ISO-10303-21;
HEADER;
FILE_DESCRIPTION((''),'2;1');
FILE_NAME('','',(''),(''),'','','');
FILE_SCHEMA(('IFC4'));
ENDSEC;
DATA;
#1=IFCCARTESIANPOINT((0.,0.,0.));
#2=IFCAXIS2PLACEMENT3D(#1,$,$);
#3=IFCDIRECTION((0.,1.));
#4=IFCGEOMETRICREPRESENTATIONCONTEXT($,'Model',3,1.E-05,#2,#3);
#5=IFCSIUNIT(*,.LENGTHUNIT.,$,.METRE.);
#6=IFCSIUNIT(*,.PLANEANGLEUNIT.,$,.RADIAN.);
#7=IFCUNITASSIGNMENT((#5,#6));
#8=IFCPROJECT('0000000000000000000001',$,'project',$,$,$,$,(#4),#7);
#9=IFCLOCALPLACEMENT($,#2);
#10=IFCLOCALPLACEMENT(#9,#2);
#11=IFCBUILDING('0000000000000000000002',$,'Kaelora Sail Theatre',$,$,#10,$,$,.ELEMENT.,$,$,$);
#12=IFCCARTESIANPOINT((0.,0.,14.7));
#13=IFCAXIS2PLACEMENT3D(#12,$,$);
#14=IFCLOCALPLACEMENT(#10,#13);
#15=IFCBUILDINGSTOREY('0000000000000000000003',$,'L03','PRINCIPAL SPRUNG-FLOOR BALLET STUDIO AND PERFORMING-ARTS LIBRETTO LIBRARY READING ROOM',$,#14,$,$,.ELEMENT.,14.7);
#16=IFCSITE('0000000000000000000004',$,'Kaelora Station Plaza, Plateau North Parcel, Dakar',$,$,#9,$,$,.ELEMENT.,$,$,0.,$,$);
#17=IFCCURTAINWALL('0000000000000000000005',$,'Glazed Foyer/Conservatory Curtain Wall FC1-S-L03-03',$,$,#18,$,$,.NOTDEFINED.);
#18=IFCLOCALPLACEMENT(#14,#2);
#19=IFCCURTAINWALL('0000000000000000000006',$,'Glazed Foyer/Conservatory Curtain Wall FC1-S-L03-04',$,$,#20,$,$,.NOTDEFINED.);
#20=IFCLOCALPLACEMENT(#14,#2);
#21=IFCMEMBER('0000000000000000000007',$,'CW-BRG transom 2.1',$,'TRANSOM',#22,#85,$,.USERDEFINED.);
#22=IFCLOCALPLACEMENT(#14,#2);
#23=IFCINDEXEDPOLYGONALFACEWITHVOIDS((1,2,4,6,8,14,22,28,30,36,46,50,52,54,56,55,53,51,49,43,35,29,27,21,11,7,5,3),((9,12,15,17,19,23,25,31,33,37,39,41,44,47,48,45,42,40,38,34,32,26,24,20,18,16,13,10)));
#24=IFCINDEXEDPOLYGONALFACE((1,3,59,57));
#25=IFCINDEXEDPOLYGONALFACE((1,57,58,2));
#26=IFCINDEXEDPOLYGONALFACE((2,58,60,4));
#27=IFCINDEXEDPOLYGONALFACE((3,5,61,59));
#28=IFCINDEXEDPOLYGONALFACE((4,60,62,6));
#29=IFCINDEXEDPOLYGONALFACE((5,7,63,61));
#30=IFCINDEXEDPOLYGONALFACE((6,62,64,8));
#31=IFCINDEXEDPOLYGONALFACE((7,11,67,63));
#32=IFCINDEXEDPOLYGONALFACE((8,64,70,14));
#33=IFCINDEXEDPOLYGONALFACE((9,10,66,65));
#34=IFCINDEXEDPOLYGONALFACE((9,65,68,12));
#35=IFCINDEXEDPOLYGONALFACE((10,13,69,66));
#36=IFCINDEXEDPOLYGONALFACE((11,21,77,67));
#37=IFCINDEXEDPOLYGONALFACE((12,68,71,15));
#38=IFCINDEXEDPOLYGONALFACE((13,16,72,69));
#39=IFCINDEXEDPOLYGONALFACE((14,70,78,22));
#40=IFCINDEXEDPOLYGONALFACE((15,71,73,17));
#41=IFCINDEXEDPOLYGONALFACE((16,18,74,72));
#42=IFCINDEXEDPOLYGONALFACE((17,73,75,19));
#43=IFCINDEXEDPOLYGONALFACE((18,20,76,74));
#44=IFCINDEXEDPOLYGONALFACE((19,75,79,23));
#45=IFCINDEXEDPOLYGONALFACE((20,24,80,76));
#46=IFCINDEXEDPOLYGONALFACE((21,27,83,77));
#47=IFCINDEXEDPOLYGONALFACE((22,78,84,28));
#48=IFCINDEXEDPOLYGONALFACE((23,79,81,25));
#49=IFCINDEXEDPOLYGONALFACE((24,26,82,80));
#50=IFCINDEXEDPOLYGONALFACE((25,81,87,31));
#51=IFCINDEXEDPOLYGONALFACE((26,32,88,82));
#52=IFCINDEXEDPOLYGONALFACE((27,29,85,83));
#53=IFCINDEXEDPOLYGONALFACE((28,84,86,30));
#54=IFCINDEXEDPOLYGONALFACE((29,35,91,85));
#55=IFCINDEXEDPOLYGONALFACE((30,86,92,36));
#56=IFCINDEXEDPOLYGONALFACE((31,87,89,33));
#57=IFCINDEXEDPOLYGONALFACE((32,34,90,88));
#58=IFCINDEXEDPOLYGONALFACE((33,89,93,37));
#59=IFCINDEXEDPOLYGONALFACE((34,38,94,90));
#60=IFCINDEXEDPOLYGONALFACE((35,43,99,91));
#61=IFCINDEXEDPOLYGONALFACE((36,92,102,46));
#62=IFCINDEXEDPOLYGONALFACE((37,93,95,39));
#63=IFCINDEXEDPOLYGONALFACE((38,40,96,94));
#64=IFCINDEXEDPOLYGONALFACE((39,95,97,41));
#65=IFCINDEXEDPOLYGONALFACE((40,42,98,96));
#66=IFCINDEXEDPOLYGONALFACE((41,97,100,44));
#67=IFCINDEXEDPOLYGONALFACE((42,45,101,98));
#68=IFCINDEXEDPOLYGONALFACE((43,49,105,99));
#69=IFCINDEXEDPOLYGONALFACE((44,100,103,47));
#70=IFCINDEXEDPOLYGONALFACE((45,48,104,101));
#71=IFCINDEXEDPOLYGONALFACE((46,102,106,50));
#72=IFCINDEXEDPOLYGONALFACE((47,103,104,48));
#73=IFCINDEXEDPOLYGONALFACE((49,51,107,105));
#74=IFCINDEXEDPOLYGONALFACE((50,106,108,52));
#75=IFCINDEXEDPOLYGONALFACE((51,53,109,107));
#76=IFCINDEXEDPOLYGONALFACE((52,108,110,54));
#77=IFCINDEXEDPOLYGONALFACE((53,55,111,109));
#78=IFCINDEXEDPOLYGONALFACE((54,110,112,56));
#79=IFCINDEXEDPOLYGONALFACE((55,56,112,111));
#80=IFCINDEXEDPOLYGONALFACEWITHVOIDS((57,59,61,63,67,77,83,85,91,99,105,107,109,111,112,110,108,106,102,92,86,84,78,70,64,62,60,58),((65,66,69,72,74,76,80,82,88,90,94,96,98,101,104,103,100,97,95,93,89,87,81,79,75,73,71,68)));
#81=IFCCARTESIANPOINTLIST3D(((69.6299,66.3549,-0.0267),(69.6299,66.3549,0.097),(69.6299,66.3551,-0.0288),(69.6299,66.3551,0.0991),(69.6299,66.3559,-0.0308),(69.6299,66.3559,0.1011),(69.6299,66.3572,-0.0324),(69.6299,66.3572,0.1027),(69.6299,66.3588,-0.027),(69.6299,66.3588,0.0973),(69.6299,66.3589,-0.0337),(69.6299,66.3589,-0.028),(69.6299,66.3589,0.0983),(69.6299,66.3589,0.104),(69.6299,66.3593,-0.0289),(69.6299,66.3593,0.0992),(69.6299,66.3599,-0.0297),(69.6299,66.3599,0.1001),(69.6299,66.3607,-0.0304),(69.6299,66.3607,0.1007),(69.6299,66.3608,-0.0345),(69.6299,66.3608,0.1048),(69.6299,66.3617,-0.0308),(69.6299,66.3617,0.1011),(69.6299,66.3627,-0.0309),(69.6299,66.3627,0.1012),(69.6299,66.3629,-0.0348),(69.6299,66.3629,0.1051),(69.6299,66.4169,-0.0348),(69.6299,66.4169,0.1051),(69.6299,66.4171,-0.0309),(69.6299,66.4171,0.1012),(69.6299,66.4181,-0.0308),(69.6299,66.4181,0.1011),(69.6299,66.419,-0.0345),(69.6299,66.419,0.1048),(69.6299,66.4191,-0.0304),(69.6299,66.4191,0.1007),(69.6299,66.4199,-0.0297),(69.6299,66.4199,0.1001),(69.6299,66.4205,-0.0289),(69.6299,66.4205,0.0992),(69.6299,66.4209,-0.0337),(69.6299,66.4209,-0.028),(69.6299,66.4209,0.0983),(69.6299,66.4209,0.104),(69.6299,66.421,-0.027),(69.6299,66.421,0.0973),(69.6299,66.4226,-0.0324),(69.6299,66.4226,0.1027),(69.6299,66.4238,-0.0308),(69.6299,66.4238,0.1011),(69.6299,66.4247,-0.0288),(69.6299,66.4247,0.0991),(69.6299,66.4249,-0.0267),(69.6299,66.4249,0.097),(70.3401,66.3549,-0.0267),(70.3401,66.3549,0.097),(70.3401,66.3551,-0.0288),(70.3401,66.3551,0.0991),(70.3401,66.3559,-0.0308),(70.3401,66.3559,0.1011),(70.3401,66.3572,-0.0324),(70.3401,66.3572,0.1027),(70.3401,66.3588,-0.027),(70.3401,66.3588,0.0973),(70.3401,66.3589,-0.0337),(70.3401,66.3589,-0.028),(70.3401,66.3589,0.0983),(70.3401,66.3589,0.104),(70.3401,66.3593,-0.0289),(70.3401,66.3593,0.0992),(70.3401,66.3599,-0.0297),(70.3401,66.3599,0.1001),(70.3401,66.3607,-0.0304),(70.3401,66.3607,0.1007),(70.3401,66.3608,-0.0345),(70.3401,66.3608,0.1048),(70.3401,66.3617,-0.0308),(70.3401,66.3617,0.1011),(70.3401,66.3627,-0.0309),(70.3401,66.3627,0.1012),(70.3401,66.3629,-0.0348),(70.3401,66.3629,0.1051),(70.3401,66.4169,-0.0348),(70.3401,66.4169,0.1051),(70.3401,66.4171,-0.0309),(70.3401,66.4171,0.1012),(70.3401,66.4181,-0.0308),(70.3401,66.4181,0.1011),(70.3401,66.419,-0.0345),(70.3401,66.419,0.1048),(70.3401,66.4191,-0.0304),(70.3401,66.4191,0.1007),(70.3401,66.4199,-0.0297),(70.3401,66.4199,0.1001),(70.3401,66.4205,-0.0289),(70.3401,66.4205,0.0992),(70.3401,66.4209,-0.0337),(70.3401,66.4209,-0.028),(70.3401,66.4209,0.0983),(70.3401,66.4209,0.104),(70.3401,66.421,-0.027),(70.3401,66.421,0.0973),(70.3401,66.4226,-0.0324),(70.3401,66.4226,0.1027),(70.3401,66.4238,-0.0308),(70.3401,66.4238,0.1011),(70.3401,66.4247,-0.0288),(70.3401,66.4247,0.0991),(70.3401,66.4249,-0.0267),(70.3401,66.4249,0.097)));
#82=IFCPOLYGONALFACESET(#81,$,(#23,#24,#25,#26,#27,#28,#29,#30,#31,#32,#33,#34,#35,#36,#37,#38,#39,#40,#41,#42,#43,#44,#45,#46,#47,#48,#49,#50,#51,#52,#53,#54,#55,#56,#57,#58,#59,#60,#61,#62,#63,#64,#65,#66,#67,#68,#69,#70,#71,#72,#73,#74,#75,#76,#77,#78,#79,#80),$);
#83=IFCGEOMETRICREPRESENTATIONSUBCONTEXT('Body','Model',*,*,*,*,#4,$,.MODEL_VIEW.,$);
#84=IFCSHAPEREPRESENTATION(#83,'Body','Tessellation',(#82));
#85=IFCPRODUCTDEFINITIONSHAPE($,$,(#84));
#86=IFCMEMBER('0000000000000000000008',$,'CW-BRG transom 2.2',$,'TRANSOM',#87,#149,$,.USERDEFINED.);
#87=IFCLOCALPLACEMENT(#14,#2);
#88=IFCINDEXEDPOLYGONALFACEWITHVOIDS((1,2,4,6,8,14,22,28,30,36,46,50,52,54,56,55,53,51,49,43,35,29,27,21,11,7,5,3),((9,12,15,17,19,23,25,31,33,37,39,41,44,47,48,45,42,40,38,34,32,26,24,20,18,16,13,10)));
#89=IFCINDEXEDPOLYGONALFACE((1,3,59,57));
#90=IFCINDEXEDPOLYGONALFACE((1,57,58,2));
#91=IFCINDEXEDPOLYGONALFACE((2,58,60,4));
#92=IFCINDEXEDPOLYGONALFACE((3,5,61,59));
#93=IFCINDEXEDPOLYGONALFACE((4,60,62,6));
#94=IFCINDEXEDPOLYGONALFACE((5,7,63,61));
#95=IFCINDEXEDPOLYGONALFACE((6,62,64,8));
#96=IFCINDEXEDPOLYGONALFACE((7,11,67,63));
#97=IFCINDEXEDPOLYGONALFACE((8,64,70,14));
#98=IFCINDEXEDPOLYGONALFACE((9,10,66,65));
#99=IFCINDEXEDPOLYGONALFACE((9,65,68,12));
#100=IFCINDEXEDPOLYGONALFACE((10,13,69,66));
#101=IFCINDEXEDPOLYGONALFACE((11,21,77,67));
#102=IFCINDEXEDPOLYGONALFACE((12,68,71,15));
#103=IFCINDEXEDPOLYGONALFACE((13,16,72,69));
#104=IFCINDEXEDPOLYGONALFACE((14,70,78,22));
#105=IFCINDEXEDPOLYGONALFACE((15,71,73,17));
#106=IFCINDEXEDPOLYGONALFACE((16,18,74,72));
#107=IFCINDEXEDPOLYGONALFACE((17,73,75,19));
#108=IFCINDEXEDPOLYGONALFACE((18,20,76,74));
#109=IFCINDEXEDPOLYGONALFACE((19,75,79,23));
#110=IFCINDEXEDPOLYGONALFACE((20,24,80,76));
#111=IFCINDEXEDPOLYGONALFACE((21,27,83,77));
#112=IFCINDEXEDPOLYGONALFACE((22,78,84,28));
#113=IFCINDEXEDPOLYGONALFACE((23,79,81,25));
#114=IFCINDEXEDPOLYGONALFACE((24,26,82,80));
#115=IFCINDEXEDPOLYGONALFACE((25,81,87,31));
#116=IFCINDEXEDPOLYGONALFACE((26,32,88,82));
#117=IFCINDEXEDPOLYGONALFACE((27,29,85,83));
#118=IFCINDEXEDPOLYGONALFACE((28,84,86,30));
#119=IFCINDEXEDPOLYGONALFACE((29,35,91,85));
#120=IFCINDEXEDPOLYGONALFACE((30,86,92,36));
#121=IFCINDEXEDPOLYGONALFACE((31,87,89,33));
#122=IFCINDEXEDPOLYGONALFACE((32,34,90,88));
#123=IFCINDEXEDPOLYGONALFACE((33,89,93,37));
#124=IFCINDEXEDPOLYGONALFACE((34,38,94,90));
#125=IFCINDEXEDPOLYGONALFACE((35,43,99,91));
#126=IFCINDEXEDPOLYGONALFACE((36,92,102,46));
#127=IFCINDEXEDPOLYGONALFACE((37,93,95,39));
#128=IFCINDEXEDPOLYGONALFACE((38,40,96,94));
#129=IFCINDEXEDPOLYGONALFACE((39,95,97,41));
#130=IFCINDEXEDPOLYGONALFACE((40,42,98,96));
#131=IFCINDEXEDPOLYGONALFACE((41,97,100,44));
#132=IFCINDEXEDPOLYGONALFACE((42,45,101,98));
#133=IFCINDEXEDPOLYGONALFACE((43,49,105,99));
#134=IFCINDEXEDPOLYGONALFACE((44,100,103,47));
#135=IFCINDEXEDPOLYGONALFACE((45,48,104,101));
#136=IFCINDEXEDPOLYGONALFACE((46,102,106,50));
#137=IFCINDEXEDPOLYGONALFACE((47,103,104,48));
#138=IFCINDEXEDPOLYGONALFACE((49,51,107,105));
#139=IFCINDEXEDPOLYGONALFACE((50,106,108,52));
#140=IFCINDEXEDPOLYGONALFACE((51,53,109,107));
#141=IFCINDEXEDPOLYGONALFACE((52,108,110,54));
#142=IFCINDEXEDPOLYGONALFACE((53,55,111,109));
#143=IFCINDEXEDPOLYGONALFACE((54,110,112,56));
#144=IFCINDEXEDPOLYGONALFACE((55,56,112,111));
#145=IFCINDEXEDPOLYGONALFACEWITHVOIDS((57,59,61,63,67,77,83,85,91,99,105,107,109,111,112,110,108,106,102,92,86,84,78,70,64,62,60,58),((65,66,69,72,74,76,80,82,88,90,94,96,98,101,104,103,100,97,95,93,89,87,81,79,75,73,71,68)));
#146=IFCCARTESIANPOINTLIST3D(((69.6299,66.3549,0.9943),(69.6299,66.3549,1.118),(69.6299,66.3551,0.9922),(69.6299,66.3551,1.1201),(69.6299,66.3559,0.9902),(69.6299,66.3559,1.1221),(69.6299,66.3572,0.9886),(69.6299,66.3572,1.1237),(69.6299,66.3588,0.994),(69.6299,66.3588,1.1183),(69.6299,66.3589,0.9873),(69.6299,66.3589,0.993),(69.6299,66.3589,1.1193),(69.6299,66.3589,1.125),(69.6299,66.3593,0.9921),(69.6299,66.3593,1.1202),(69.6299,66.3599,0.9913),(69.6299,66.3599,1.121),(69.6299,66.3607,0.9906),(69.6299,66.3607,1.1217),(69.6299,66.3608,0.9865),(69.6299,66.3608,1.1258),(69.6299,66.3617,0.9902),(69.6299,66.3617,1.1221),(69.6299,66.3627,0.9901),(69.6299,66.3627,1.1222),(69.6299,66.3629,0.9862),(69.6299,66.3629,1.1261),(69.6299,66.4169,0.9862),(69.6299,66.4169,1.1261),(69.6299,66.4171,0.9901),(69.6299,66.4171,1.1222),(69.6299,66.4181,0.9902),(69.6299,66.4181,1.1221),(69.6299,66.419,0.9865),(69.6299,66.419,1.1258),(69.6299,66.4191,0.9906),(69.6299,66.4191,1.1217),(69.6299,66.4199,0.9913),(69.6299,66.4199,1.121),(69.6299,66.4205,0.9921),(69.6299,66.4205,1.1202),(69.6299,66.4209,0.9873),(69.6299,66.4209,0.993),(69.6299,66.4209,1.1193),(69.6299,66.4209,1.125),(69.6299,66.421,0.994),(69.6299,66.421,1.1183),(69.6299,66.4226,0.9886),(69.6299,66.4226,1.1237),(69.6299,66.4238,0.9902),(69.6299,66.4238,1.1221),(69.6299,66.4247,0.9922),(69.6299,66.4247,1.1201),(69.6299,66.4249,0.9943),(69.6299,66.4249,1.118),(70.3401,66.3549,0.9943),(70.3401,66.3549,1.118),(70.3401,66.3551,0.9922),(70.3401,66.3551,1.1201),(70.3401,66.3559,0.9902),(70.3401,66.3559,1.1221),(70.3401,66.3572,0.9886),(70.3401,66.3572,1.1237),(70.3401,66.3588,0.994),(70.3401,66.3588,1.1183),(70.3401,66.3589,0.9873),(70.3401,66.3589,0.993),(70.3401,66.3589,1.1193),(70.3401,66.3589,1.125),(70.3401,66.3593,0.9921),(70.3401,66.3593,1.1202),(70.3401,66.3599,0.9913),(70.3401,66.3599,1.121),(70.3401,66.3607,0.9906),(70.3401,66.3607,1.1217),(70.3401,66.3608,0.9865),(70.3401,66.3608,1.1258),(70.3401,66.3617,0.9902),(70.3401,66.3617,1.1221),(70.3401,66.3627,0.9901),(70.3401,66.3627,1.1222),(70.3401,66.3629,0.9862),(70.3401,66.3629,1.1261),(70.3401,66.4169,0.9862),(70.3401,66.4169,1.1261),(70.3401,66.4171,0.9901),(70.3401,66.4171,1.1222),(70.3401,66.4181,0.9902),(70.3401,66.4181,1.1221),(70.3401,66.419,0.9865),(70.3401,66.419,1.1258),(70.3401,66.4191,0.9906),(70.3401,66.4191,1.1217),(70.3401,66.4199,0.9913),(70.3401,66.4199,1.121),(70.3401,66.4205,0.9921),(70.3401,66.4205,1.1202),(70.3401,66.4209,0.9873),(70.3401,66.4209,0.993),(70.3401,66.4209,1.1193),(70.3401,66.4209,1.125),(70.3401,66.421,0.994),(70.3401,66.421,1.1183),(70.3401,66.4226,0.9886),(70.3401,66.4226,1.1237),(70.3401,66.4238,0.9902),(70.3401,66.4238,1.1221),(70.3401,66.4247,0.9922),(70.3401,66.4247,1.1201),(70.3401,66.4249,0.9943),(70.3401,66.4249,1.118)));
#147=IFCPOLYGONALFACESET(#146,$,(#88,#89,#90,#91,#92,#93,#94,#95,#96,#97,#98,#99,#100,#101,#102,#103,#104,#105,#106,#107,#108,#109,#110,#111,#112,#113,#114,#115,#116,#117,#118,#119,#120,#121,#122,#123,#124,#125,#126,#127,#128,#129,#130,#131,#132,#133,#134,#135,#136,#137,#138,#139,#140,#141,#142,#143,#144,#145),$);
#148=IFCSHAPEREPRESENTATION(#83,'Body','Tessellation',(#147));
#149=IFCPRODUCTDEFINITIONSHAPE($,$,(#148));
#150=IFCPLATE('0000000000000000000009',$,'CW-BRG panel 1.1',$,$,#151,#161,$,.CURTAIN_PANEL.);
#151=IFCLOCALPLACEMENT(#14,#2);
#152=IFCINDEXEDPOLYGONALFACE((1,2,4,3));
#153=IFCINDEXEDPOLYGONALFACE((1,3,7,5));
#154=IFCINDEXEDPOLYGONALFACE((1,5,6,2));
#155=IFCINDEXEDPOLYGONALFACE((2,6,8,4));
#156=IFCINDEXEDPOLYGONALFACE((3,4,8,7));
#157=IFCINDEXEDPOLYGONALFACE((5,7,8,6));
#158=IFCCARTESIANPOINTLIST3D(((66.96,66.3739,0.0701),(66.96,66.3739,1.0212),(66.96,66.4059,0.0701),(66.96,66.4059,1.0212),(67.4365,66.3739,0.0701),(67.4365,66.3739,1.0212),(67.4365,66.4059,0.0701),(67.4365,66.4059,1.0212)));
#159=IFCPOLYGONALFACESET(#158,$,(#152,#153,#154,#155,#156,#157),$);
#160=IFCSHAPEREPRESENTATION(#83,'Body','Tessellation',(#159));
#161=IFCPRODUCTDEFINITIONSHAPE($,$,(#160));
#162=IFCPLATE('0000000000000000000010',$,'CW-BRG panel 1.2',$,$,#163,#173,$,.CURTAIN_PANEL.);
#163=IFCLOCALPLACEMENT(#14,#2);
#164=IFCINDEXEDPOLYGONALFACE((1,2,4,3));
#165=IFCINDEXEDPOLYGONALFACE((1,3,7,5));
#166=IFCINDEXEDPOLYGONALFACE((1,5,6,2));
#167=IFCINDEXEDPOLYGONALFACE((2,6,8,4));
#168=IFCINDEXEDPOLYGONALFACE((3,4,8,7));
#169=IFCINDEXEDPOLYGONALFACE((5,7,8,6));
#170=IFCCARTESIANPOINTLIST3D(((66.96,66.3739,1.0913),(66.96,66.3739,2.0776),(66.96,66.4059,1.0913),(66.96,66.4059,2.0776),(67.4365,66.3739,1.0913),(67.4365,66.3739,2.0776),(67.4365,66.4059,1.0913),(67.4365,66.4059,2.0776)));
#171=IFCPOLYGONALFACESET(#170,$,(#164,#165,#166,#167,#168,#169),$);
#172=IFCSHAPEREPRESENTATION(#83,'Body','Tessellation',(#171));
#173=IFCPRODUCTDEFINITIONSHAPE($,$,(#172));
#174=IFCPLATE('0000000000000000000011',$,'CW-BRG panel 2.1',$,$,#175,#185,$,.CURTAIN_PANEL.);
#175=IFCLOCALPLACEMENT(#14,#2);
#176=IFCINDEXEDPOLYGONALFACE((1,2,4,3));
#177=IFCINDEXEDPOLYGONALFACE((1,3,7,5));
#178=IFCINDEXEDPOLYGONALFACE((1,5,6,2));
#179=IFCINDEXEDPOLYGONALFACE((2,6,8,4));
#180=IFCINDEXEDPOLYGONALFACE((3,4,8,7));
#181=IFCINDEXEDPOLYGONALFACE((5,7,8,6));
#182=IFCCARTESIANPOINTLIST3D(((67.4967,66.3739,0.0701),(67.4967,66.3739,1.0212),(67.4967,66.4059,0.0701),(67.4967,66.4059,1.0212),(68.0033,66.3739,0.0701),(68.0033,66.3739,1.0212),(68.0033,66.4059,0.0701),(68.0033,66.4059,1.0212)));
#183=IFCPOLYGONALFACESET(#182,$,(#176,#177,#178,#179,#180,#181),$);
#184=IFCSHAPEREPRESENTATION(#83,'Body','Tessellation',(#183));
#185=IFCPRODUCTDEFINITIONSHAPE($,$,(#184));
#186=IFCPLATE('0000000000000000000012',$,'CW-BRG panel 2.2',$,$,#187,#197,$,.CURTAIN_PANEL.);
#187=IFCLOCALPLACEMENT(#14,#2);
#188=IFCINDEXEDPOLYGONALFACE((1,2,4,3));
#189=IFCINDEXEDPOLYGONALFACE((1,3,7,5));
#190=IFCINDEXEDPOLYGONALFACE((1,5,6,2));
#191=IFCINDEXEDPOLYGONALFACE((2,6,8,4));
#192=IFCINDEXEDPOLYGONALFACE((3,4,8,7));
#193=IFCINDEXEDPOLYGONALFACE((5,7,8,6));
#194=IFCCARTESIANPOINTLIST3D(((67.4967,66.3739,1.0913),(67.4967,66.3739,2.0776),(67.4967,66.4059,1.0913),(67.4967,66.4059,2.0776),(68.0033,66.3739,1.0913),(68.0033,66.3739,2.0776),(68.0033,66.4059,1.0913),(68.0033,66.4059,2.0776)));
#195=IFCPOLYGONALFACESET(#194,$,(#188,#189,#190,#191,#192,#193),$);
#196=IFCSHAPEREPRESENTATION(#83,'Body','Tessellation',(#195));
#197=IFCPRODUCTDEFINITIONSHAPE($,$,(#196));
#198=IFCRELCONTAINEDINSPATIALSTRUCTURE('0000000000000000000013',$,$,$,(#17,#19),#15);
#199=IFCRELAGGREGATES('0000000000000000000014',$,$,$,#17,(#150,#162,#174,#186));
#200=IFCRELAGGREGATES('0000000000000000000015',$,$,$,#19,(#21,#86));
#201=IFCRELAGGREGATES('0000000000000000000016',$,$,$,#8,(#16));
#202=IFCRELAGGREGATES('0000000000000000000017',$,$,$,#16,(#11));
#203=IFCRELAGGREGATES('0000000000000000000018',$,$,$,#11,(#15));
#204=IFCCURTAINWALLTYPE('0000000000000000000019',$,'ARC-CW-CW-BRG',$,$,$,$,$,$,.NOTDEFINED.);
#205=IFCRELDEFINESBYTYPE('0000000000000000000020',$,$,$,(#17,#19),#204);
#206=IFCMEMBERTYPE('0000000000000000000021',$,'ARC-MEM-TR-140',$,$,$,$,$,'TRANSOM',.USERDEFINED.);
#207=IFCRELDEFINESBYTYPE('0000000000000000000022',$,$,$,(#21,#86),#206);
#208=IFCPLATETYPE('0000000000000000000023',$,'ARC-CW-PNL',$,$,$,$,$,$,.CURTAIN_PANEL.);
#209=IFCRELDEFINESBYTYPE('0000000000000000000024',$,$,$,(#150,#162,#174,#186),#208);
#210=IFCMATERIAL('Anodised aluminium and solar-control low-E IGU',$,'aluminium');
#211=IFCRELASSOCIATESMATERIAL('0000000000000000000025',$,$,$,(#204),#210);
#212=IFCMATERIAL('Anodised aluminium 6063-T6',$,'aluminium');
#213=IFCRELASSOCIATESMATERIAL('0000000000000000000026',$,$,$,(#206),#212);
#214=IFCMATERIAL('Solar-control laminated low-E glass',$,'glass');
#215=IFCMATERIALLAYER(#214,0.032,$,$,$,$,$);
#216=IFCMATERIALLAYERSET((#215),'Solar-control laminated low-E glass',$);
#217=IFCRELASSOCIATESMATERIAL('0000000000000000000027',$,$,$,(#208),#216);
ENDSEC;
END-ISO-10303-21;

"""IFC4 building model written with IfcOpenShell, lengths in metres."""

from ifc_helpers import new_model, si_unit, direction, frame, origin, origin_2d, place, context, subcontext, project, spatial, rectangle, hollow_rectangle, extrude, material, layer, layer_set, material_profile, profile_set, type_object, element, aggregate, save


model = new_model("IFC4")

# Units and contexts
model_context = context("Model", 3, precision=1e-05, world=origin(), true_north=direction((0.0, 1.0)))
body_context = subcontext(model_context, "Body", "Model", "MODEL_VIEW")
ifc_project = project(units=[si_unit("LENGTHUNIT", "METRE"), si_unit("PLANEANGLEUNIT", "RADIAN")], contexts=[model_context])

# Site, building, storey
site_placement = place(None, origin())
site = spatial("IfcSite", under=ifc_project, at=site_placement, Name="Kaelora Station Plaza, Plateau North Parcel, Dakar", CompositionType="ELEMENT", RefElevation=0.0)
building_placement = place(site_placement, origin())
building = spatial("IfcBuilding", under=site, at=building_placement, Name="Kaelora Sail Theatre", CompositionType="ELEMENT")
storey_placement = place(building_placement, frame((0.0, 0.0, 14.7)))
storey = spatial("IfcBuildingStorey", under=building, at=storey_placement, Name="L03", Description="PRINCIPAL SPRUNG-FLOOR BALLET STUDIO AND PERFORMING-ARTS LIBRETTO LIBRARY READING ROOM", CompositionType="ELEMENT", Elevation=14.7)

# Curtain walls
ifc_material_1 = material(Name="Anodised aluminium and solar-control low-E IGU", Category="aluminium")
curtain_wall_type = type_object("IfcCurtainWallType", Name="ARC-CW-CW-BRG", PredefinedType="NOTDEFINED", material=ifc_material_1)
curtain_wall_1_placement = place(storey_placement, origin())
curtain_wall_1 = element("IfcCurtainWall", 1, at=curtain_wall_1_placement, inside=storey, type_object=curtain_wall_type, Name="Glazed Foyer/Conservatory Curtain Wall FC1-S-L03-03", PredefinedType="NOTDEFINED")
curtain_wall_2_placement = place(storey_placement, origin())
curtain_wall_2 = element("IfcCurtainWall", 2, at=curtain_wall_2_placement, inside=storey, type_object=curtain_wall_type, Name="Glazed Foyer/Conservatory Curtain Wall FC1-S-L03-04", PredefinedType="NOTDEFINED")

# Members
ifc_material_2 = material(Name="Anodised aluminium 6063-T6", Category="aluminium")
ifc_material_profile_1 = material_profile(ifc_material_2, hollow_rectangle(XDim=0.0701, YDim=0.1399, WallThickness=0.0039, InnerFilletRadius=0.0039, OuterFilletRadius=0.0081, at=origin_2d()), Name="ALU-TRAN 70x140x4")
ifc_profile_set_1 = profile_set([ifc_material_profile_1], Name="Anodised aluminium 6063-T6")
member_type_1 = type_object("IfcMemberType", Name="ARC-MEM-TR-140", ElementType="TRANSOM", PredefinedType="USERDEFINED", material=ifc_profile_set_1)
member_1_placement = place(storey_placement, frame((69.6299, 66.3899, 0.0352), z_axis=(1.0, 0.0, 0.0), x_axis=(0.0, 1.0, 0.0)))
member_1 = element("IfcMember", 3, at=member_1_placement, type_object=member_type_1, Name="CW-BRG transom 2.1", ObjectType="TRANSOM", PredefinedType="USERDEFINED", context=body_context, shape_type="SweptSolid", body=[
    extrude(hollow_rectangle(XDim=0.0701, YDim=0.1399, WallThickness=0.0039, InnerFilletRadius=0.0039, OuterFilletRadius=0.0081, at=origin_2d()), origin(), (0.0, 0.0, 1.0), 0.7102),
])
member_2_placement = place(storey_placement, frame((69.6299, 66.3899, 1.0562), z_axis=(1.0, 0.0, 0.0), x_axis=(0.0, 1.0, 0.0)))
member_2 = element("IfcMember", 4, at=member_2_placement, type_object=member_type_1, Name="CW-BRG transom 2.2", ObjectType="TRANSOM", PredefinedType="USERDEFINED", context=body_context, shape_type="SweptSolid", body=[
    extrude(hollow_rectangle(XDim=0.0701, YDim=0.1399, WallThickness=0.0039, InnerFilletRadius=0.0039, OuterFilletRadius=0.0081, at=origin_2d()), origin(), (0.0, 0.0, 1.0), 0.7102),
])

# Plates
ifc_material_3 = material(Name="Solar-control laminated low-E glass", Category="glass")
ifc_layer = layer(ifc_material_3, 0.032)
ifc_layer_set = layer_set([ifc_layer], Name="Solar-control laminated low-E glass")
plate_type = type_object("IfcPlateType", Name="ARC-CW-PNL", PredefinedType="CURTAIN_PANEL", material=ifc_layer_set)
plate_1_placement = place(storey_placement, frame((67.1982, 66.3899, 0.0701), z_axis=(0.0, 0.0, 1.0), x_axis=(1.0, 0.0, 0.0)))
plate_1 = element("IfcPlate", 5, at=plate_1_placement, type_object=plate_type, Name="CW-BRG panel 1.1", PredefinedType="CURTAIN_PANEL", context=body_context, shape_type="SweptSolid", body=[
    extrude(rectangle(XDim=0.4766, YDim=0.032, at=origin_2d()), origin(), (0.0, 0.0, 1.0), 0.9512),
])
plate_2_placement = place(storey_placement, frame((67.1982, 66.3899, 1.0913), z_axis=(0.0, 0.0, 1.0), x_axis=(1.0, 0.0, 0.0)))
plate_2 = element("IfcPlate", 6, at=plate_2_placement, type_object=plate_type, Name="CW-BRG panel 1.2", PredefinedType="CURTAIN_PANEL", context=body_context, shape_type="SweptSolid", body=[
    extrude(rectangle(XDim=0.4766, YDim=0.032, at=origin_2d()), origin(), (0.0, 0.0, 1.0), 0.9863),
])
plate_3_placement = place(storey_placement, frame((67.75, 66.3899, 0.0701), z_axis=(0.0, 0.0, 1.0), x_axis=(1.0, 0.0, 0.0)))
plate_3 = element("IfcPlate", 7, at=plate_3_placement, type_object=plate_type, Name="CW-BRG panel 2.1", PredefinedType="CURTAIN_PANEL", context=body_context, shape_type="SweptSolid", body=[
    extrude(rectangle(XDim=0.5066, YDim=0.032, at=origin_2d()), origin(), (0.0, 0.0, 1.0), 0.9512),
])
plate_4_placement = place(storey_placement, frame((67.75, 66.3899, 1.0913), z_axis=(0.0, 0.0, 1.0), x_axis=(1.0, 0.0, 0.0)))
plate_4 = element("IfcPlate", 8, at=plate_4_placement, type_object=plate_type, Name="CW-BRG panel 2.2", PredefinedType="CURTAIN_PANEL", context=body_context, shape_type="SweptSolid", body=[
    extrude(rectangle(XDim=0.5066, YDim=0.032, at=origin_2d()), origin(), (0.0, 0.0, 1.0), 0.9863),
])
aggregate(curtain_wall_1, [plate_1, plate_2, plate_3, plate_4])
aggregate(curtain_wall_2, [member_1, member_2])

save(model, "model.ifc")
